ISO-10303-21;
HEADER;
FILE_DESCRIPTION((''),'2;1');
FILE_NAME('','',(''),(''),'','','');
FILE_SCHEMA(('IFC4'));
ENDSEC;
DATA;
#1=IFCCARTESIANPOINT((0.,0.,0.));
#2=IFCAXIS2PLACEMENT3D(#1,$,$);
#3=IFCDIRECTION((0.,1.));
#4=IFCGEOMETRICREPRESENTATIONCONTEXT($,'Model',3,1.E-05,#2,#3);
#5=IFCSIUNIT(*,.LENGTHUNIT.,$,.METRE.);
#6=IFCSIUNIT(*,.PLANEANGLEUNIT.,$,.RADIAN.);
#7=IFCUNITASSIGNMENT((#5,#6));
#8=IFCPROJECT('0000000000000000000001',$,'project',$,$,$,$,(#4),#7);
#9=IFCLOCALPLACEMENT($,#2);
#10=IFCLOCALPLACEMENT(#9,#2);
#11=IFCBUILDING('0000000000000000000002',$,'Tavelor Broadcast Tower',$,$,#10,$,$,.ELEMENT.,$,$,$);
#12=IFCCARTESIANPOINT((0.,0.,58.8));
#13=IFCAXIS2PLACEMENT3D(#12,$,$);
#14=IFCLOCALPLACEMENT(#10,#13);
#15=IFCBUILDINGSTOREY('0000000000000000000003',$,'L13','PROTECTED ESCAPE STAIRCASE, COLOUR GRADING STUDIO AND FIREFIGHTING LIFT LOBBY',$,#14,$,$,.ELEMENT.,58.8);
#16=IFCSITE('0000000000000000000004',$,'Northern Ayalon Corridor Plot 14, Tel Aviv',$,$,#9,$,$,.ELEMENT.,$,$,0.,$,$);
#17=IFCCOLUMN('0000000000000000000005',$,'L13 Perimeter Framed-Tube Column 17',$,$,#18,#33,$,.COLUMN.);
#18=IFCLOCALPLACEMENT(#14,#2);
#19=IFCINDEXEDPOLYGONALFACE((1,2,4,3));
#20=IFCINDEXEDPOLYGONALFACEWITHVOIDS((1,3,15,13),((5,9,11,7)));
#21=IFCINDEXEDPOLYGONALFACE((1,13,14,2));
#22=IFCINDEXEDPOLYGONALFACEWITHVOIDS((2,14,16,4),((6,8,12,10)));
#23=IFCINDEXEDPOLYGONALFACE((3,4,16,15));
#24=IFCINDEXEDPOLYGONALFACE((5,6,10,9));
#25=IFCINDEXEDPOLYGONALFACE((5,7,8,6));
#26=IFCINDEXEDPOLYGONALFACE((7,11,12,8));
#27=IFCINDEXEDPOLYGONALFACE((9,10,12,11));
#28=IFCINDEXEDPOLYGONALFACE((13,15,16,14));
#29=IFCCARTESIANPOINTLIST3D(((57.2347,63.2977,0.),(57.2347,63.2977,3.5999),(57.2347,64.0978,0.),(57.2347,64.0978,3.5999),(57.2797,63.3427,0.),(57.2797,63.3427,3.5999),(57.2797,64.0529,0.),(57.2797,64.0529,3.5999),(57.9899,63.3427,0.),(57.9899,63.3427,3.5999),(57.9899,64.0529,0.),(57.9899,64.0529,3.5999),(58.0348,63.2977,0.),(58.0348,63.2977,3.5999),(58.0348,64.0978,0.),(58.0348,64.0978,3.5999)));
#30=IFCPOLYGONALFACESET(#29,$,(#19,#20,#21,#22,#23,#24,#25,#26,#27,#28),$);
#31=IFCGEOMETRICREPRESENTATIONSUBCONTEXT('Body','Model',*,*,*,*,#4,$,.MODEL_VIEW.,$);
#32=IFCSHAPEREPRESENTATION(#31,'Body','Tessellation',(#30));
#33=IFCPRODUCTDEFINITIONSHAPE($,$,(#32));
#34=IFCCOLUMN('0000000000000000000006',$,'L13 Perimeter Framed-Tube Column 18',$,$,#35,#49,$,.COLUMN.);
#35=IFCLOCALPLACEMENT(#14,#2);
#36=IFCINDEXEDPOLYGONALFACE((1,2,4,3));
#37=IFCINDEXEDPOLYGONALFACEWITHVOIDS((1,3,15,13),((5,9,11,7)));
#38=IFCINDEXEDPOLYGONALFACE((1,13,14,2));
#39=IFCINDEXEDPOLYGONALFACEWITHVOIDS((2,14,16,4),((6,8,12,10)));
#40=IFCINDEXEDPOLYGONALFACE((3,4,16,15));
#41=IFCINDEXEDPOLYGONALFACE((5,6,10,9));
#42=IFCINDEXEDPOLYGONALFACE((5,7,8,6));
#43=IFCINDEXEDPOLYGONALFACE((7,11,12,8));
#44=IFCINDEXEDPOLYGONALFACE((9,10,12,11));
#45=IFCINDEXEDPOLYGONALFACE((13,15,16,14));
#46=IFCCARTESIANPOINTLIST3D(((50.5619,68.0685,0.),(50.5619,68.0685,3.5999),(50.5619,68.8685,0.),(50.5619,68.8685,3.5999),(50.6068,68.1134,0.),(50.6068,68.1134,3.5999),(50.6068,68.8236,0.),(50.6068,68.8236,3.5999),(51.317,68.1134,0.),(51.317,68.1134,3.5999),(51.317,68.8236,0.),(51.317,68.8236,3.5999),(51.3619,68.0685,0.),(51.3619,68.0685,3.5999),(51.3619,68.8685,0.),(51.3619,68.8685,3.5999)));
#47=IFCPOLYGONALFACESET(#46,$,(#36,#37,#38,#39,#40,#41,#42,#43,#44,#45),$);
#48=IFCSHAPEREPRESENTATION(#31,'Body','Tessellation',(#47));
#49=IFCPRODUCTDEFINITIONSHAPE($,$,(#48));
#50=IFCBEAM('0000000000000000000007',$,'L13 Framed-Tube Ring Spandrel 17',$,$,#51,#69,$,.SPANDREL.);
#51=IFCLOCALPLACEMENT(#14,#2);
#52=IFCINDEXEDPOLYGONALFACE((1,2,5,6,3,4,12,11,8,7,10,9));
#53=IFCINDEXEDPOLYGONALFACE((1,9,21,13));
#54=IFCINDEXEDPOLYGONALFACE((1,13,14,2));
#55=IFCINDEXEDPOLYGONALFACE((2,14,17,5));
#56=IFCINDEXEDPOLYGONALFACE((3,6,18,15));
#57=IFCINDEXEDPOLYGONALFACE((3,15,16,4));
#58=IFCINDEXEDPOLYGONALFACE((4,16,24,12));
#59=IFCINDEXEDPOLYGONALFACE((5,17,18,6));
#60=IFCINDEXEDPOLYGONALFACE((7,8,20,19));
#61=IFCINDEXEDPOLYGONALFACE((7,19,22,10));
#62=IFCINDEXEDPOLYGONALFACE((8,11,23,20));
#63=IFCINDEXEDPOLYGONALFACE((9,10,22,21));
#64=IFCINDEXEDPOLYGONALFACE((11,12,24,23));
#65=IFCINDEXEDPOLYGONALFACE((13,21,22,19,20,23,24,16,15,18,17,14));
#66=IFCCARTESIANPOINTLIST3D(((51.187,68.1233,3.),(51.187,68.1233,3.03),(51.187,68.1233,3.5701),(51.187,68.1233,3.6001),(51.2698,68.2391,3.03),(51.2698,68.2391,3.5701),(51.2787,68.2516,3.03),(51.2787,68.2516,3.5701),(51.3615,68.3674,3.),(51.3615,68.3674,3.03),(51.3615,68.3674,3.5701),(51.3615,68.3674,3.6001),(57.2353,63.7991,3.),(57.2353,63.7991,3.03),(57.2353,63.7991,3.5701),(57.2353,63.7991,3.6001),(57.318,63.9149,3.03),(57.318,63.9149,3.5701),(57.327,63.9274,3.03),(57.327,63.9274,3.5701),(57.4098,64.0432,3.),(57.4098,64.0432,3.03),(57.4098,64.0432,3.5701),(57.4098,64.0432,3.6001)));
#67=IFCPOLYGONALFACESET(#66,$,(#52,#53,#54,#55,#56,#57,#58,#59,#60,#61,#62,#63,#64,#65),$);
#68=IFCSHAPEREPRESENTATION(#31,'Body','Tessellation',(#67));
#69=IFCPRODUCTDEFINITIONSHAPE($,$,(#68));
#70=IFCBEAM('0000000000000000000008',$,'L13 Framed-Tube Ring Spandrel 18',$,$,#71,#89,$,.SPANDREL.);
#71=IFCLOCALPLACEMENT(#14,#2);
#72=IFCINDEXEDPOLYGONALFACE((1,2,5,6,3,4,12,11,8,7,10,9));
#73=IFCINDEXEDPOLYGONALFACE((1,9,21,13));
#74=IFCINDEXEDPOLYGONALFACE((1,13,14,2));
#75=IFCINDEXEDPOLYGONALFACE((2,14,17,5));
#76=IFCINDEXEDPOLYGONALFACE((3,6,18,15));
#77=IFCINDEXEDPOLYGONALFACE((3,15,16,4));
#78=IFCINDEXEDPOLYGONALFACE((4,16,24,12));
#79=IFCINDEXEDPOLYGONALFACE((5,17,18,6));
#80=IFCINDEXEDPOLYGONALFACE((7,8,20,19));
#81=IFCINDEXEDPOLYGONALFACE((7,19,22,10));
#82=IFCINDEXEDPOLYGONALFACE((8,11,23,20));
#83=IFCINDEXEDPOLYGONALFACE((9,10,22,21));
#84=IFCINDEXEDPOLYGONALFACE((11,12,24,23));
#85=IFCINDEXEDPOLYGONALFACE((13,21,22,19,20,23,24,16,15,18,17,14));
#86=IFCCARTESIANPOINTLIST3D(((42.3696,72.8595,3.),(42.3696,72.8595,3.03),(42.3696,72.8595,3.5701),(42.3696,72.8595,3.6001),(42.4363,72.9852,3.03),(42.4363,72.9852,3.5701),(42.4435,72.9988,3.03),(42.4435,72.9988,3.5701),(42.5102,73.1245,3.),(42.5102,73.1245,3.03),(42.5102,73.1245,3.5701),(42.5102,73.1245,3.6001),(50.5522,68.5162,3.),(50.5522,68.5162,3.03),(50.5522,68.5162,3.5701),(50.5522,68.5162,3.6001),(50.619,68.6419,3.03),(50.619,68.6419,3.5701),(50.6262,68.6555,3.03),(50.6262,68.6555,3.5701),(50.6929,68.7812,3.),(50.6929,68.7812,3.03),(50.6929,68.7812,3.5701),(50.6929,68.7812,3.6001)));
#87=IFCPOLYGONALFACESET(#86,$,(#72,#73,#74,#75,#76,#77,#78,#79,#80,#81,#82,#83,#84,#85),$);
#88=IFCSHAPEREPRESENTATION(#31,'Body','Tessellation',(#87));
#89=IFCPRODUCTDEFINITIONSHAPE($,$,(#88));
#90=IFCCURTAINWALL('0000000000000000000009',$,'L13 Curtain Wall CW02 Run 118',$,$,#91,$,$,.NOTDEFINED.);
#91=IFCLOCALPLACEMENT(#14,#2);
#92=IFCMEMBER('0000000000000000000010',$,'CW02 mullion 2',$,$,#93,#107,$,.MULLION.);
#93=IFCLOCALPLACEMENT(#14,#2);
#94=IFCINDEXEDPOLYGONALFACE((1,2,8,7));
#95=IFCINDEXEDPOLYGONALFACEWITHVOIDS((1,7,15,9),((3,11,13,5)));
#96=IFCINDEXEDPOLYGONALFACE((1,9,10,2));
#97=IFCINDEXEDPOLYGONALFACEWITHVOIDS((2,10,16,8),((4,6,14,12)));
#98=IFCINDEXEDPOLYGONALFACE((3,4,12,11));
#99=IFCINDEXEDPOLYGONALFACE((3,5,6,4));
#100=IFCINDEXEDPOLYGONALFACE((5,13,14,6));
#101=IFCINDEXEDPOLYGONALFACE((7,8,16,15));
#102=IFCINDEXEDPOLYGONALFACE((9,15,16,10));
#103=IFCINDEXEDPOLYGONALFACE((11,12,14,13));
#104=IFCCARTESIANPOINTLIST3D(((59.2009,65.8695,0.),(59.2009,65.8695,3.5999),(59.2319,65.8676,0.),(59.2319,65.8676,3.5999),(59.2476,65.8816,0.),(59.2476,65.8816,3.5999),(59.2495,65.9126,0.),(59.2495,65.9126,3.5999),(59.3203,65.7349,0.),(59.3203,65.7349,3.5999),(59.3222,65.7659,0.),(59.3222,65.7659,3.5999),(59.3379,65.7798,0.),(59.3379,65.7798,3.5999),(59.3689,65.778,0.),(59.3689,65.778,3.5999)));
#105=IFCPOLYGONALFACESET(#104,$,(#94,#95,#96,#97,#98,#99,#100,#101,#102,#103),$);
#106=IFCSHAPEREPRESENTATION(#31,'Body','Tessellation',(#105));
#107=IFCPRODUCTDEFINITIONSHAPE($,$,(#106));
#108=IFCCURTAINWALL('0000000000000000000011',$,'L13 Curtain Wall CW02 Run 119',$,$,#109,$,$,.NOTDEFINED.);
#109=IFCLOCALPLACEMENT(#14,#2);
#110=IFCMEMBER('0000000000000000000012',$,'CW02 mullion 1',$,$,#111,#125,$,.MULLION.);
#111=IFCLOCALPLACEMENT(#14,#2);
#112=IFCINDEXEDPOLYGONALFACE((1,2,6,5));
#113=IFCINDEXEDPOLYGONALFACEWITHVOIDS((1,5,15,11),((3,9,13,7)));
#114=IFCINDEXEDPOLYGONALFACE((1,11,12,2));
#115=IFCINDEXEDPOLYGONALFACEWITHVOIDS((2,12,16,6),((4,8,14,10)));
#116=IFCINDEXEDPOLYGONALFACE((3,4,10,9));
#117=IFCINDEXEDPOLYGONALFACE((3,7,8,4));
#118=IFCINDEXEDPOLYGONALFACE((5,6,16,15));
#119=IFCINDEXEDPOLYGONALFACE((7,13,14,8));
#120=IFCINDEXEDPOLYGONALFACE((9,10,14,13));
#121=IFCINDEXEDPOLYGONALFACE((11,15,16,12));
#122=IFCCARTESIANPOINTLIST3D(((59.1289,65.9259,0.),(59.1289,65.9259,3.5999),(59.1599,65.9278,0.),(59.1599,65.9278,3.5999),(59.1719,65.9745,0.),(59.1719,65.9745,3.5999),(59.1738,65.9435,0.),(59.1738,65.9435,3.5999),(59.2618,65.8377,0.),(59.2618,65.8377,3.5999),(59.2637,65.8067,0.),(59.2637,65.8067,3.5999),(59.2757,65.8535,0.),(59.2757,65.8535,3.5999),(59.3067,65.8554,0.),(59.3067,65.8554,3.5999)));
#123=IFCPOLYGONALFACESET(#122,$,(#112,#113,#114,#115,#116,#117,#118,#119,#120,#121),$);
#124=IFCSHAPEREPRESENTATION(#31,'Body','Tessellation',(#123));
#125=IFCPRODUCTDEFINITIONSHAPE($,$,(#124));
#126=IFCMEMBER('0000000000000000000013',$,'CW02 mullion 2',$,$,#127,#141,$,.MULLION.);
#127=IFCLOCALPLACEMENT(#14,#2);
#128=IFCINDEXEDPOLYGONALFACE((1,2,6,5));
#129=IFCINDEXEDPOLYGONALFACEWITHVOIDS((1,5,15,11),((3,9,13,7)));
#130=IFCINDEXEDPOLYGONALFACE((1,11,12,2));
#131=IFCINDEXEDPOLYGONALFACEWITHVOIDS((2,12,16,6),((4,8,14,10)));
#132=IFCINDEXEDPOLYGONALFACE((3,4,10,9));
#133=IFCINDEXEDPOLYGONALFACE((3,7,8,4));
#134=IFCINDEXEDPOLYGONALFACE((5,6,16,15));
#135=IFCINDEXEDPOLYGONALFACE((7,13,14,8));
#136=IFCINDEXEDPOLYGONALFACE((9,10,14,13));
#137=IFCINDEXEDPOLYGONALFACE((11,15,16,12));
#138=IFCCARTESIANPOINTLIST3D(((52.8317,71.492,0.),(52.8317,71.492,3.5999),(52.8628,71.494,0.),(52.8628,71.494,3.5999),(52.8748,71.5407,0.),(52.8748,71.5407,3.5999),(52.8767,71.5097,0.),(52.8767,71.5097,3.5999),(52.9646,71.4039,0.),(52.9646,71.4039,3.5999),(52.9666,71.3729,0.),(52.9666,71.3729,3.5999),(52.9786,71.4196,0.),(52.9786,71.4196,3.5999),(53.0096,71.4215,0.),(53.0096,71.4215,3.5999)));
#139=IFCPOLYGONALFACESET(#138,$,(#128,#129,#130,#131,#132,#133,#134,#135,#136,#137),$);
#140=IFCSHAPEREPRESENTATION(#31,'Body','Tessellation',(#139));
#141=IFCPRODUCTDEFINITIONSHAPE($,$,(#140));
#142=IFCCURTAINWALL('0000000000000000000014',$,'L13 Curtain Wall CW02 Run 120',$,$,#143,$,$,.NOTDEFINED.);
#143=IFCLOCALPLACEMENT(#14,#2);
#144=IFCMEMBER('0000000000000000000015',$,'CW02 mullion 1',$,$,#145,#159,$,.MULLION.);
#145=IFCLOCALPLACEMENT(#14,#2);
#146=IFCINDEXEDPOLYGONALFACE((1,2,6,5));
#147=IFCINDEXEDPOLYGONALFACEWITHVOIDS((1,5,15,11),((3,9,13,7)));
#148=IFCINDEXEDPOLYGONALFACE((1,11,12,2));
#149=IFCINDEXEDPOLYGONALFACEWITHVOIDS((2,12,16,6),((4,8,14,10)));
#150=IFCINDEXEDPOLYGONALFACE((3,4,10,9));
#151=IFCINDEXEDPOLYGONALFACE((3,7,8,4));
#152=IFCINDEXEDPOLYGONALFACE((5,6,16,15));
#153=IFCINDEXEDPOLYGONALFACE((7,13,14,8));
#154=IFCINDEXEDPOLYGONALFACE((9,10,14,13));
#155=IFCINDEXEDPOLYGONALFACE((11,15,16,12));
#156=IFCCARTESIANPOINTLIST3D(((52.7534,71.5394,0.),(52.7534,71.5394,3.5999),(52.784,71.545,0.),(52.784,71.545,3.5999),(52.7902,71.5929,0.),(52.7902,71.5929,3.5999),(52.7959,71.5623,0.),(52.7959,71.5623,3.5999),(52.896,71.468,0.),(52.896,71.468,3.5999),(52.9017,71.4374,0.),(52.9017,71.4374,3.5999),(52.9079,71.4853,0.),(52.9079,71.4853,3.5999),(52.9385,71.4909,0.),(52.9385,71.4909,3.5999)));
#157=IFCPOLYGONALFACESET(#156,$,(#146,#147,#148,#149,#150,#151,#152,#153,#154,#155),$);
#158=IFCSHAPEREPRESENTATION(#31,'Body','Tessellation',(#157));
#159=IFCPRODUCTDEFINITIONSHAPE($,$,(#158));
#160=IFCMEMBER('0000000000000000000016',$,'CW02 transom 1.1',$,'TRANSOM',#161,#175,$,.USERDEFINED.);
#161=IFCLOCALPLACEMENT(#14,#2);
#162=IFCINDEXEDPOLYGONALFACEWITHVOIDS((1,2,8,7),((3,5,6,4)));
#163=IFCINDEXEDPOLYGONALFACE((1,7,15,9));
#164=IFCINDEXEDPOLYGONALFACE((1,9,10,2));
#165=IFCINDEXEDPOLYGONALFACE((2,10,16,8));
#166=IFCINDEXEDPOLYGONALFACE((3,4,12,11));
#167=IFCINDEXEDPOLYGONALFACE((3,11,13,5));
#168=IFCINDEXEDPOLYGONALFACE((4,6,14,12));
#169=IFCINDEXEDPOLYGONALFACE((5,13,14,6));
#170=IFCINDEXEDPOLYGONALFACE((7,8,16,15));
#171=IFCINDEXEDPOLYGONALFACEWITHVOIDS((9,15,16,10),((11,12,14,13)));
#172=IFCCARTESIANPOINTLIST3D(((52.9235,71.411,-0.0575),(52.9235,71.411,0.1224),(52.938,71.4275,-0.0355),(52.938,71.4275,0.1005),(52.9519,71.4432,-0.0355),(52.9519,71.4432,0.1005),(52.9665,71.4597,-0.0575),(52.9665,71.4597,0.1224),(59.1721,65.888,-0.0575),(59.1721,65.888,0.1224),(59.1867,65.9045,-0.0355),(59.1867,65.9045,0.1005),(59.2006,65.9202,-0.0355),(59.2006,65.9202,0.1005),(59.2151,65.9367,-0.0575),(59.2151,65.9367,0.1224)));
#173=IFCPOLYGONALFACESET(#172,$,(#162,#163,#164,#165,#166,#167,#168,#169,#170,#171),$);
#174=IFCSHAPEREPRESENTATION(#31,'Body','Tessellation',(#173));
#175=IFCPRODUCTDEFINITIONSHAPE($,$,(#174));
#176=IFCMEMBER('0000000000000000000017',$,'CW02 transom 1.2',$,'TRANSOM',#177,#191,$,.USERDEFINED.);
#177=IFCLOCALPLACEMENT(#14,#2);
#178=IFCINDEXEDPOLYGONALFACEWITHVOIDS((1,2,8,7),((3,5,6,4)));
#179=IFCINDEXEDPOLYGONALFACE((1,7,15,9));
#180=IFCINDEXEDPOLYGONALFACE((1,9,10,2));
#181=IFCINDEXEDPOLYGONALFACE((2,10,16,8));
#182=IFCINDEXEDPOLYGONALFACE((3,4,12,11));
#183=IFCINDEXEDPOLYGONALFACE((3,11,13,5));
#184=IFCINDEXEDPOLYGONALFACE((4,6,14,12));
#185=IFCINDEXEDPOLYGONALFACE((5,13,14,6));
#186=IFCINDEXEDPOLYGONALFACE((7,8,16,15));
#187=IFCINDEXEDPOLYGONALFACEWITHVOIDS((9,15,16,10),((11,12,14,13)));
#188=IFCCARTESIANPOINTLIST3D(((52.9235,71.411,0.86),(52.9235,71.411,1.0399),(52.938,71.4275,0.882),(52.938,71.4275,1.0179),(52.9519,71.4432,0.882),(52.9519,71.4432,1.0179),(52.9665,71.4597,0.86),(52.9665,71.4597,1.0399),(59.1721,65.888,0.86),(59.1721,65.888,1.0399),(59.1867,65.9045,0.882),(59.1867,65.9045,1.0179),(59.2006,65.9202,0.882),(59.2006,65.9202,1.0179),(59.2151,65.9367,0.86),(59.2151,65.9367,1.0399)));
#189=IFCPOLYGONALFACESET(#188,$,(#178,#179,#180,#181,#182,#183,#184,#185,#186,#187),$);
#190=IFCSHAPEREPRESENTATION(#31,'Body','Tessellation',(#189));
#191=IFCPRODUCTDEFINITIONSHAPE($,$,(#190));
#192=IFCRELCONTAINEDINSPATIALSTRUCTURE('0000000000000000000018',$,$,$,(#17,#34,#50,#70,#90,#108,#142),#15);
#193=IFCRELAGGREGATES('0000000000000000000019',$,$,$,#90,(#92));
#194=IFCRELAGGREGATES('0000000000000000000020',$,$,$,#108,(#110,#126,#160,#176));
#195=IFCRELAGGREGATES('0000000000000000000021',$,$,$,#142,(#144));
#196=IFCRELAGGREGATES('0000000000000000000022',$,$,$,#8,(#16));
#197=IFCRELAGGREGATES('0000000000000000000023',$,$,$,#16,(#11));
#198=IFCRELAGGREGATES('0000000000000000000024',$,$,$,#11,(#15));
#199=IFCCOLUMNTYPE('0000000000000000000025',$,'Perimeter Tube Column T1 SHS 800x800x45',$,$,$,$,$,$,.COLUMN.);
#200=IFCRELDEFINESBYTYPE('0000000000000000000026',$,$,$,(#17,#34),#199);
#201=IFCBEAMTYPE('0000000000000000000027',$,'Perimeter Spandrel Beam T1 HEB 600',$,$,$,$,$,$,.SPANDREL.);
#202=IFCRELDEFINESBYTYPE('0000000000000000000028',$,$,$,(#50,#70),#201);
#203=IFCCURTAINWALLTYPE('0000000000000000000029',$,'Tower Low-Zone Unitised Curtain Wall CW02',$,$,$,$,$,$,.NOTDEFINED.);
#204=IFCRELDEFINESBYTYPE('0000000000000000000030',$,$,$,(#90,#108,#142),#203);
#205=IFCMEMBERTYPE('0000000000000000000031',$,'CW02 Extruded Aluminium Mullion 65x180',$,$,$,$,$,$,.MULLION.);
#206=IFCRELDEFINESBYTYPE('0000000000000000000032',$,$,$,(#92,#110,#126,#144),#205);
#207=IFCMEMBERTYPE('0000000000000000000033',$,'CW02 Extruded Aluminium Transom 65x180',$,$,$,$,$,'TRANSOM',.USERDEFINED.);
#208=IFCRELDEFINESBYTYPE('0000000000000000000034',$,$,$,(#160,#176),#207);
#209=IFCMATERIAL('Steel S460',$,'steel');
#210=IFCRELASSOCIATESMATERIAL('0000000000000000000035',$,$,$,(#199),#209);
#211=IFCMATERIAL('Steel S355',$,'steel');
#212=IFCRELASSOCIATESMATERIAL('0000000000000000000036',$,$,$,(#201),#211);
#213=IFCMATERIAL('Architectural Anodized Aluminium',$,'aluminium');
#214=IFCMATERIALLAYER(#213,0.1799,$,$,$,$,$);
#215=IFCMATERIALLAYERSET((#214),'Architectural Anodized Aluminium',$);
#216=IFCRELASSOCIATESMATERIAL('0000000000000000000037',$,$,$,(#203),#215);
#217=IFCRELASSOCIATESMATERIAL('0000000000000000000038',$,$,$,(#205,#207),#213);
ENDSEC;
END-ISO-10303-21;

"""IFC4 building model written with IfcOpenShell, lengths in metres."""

from ifc_helpers import new_model, si_unit, direction, frame, origin, origin_2d, place, context, subcontext, project, spatial, hollow_rectangle, i_section, extrude, source, transform, mapped, material, layer, layer_set, material_profile, profile_set, type_object, type_shapes, element, aggregate, save


model = new_model("IFC4")

# Units and contexts
model_context = context("Model", 3, precision=1e-05, world=origin(), true_north=direction((0.0, 1.0)))
body_context = subcontext(model_context, "Body", "Model", "MODEL_VIEW")
ifc_project = project(units=[si_unit("LENGTHUNIT", "METRE"), si_unit("PLANEANGLEUNIT", "RADIAN")], contexts=[model_context])

# Site, building, storey
site_placement = place(None, origin())
site = spatial("IfcSite", under=ifc_project, at=site_placement, Name="Northern Ayalon Corridor Plot 14, Tel Aviv", CompositionType="ELEMENT", RefElevation=0.0)
building_placement = place(site_placement, origin())
building = spatial("IfcBuilding", under=site, at=building_placement, Name="Tavelor Broadcast Tower", CompositionType="ELEMENT")
storey_placement = place(building_placement, frame((0.0, 0.0, 58.8)))
storey = spatial("IfcBuildingStorey", under=building, at=storey_placement, Name="L13", Description="PROTECTED ESCAPE STAIRCASE, COLOUR GRADING STUDIO AND FIREFIGHTING LIFT LOBBY", CompositionType="ELEMENT", Elevation=58.8)

# Columns
ifc_material_1 = material(Name="Steel S460", Category="steel")
ifc_material_profile_1 = material_profile(ifc_material_1, hollow_rectangle(XDim=0.8, YDim=0.8, WallThickness=0.0449, at=origin_2d()), Name="SHS 800x800x45")
ifc_profile_set_1 = profile_set([ifc_material_profile_1], Name="Steel S460")
column_type = type_object("IfcColumnType", Name="Perimeter Tube Column T1 SHS 800x800x45", PredefinedType="COLUMN", material=ifc_profile_set_1)
for number, where, z_axis, x_axis, name in (
    (1, (57.6348, 63.6978, 0.0), (0.0, 0.0, 1.0), (1.0, 0.0, 0.0), "L13 Perimeter Framed-Tube Column 17"),
    (2, (50.9619, 68.4685, 0.0), (0.0, 0.0, 1.0), (1.0, 0.0, 0.0), "L13 Perimeter Framed-Tube Column 18"),
):
    element("IfcColumn", number, at=place(storey_placement, frame(where, z_axis=z_axis, x_axis=x_axis)), inside=storey, type_object=column_type, Name=name, PredefinedType="COLUMN", context=body_context, shape_type="SweptSolid", body=[
        extrude(hollow_rectangle(XDim=0.8, YDim=0.8, WallThickness=0.0449, at=origin_2d()), origin(), (0.0, 0.0, 1.0), 3.5999),
    ])

# Beams
ifc_material_2 = material(Name="Steel S355", Category="steel")
ifc_material_profile_2 = material_profile(ifc_material_2, i_section(OverallWidth=0.3, OverallDepth=0.6001, WebThickness=0.0154, FlangeThickness=0.03, at=origin_2d()), Name="HEB 600")
ifc_profile_set_2 = profile_set([ifc_material_profile_2], Name="Steel S355")
beam_type = type_object("IfcBeamType", Name="Perimeter Spandrel Beam T1 HEB 600", PredefinedType="SPANDREL", material=ifc_profile_set_2)
beam_1_placement = place(storey_placement, frame((57.3225, 63.9211, 3.3), z_axis=(-0.81348, 0.581592, 0.0), x_axis=(-0.581592, -0.81348, 0.0)))
element("IfcBeam", 3, at=beam_1_placement, inside=storey, type_object=beam_type, Name="L13 Framed-Tube Ring Spandrel 17", PredefinedType="SPANDREL", context=body_context, shape_type="SweptSolid", body=[
    extrude(i_section(OverallWidth=0.3, OverallDepth=0.6001, WebThickness=0.0154, FlangeThickness=0.03, at=origin_2d()), origin(), (0.0, 0.0, 1.0), 7.4351),
])
beam_2_placement = place(storey_placement, frame((50.6226, 68.6487, 3.3), z_axis=(-0.883284, 0.468839, 0.0), x_axis=(-0.468839, -0.883284, 0.0)))
element("IfcBeam", 4, at=beam_2_placement, inside=storey, type_object=beam_type, Name="L13 Framed-Tube Ring Spandrel 18", PredefinedType="SPANDREL", context=body_context, shape_type="SweptSolid", body=[
    extrude(i_section(OverallWidth=0.3, OverallDepth=0.6001, WebThickness=0.0154, FlangeThickness=0.03, at=origin_2d()), origin(), (0.0, 0.0, 1.0), 9.2639),
])

# Curtain wall, member
ifc_material_3 = material(Name="Architectural Anodized Aluminium", Category="aluminium")
ifc_layer_1 = layer(ifc_material_3, 0.1799)
ifc_layer_set_1 = layer_set([ifc_layer_1], Name="Architectural Anodized Aluminium")
curtain_wall_type = type_object("IfcCurtainWallType", Name="Tower Low-Zone Unitised Curtain Wall CW02", PredefinedType="NOTDEFINED", material=ifc_layer_set_1)
curtain_wall_1_placement = place(storey_placement, origin())
curtain_wall_1 = element("IfcCurtainWall", 5, at=curtain_wall_1_placement, inside=storey, type_object=curtain_wall_type, Name="L13 Curtain Wall CW02 Run 118", PredefinedType="NOTDEFINED")
ifc_material_profile_3 = material_profile(ifc_material_3, hollow_rectangle(XDim=0.0649, YDim=0.1799, WallThickness=0.022, at=origin_2d()), Name="RHS 65x180x22")
ifc_profile_set_3 = profile_set([ifc_material_profile_3], Name="Architectural Anodized Aluminium")
member_type_1 = type_object("IfcMemberType", Name="CW02 Extruded Aluminium Mullion 65x180", PredefinedType="MULLION", material=ifc_profile_set_3)
shared_shape_1 = source(origin(), body_context, "Body", "SweptSolid", [
    extrude(hollow_rectangle(XDim=0.0649, YDim=0.1799, WallThickness=0.022, at=origin_2d()), origin(), (0.0, 0.0, 1.0), 3.5999),
])
type_shapes(member_type_1, [shared_shape_1])
member_1_placement = place(storey_placement, frame((59.2849, 65.8237, 0.0), z_axis=(0.0, 0.0, 1.0), x_axis=(-0.748084, -0.663604, 0.0)))
member_1 = element("IfcMember", 6, at=member_1_placement, type_object=member_type_1, Name="CW02 mullion 2", PredefinedType="MULLION", context=body_context, shape_type="MappedRepresentation", body=[
    mapped(shared_shape_1, transform((0.0, 0.0, 0.0), scale=1.0)),
])
aggregate(curtain_wall_1, [member_1])

# Curtain wall, members
curtain_wall_2_placement = place(storey_placement, origin())
curtain_wall_2 = element("IfcCurtainWall", 7, at=curtain_wall_2_placement, inside=storey, type_object=curtain_wall_type, Name="L13 Curtain Wall CW02 Run 119", PredefinedType="NOTDEFINED")
member_2_placement = place(storey_placement, frame((59.2178, 65.8906, 0.0), z_axis=(0.0, 0.0, 1.0), x_axis=(-0.662276, -0.74926, 0.0)))
member_2 = element("IfcMember", 8, at=member_2_placement, type_object=member_type_1, Name="CW02 mullion 1", PredefinedType="MULLION", context=body_context, shape_type="MappedRepresentation", body=[
    mapped(shared_shape_1, transform((0.0, 0.0, 0.0), scale=1.0)),
])
member_3_placement = place(storey_placement, frame((52.9207, 71.4568, 0.0), z_axis=(0.0, 0.0, 1.0), x_axis=(-0.662276, -0.74926, 0.0)))
member_3 = element("IfcMember", 9, at=member_3_placement, type_object=member_type_1, Name="CW02 mullion 2", PredefinedType="MULLION", context=body_context, shape_type="MappedRepresentation", body=[
    mapped(shared_shape_1, transform((0.0, 0.0, 0.0), scale=1.0)),
])

# Curtain wall, member
curtain_wall_3_placement = place(storey_placement, origin())
curtain_wall_3 = element("IfcCurtainWall", 10, at=curtain_wall_3_placement, inside=storey, type_object=curtain_wall_type, Name="L13 Curtain Wall CW02 Run 120", PredefinedType="NOTDEFINED")
member_4_placement = place(storey_placement, frame((52.8459, 71.5151, 0.0), z_axis=(0.0, 0.0, 1.0), x_axis=(-0.566746, -0.823892, 0.0)))
member_4 = element("IfcMember", 11, at=member_4_placement, type_object=member_type_1, Name="CW02 mullion 1", PredefinedType="MULLION", context=body_context, shape_type="MappedRepresentation", body=[
    mapped(shared_shape_1, transform((0.0, 0.0, 0.0), scale=1.0)),
])

# Members
ifc_material_profile_4 = material_profile(ifc_material_3, hollow_rectangle(XDim=0.0649, YDim=0.1799, WallThickness=0.022, at=origin_2d()), Name="RHS 65x180x22")
ifc_profile_set_4 = profile_set([ifc_material_profile_4], Name="Architectural Anodized Aluminium")
member_type_2 = type_object("IfcMemberType", Name="CW02 Extruded Aluminium Transom 65x180", ElementType="TRANSOM", PredefinedType="USERDEFINED", material=ifc_profile_set_4)
shared_shape_2 = source(origin(), body_context, "Body", "SweptSolid", [
    extrude(hollow_rectangle(XDim=0.0649, YDim=0.1799, WallThickness=0.022, at=origin_2d()), origin(), (0.0, 0.0, 1.0), 8.3396),
])
member_5_placement = place(storey_placement, frame((59.1936, 65.9124, 0.0325), z_axis=(-0.74927, 0.662264, 0.0), x_axis=(-0.662264, -0.74927, 0.0)))
member_5 = element("IfcMember", 12, at=member_5_placement, type_object=member_type_2, Name="CW02 transom 1.1", ObjectType="TRANSOM", PredefinedType="USERDEFINED", context=body_context, shape_type="MappedRepresentation", body=[
    mapped(shared_shape_2, transform((0.0, 0.0, 0.0), scale=1.0)),
])
member_6_placement = place(storey_placement, frame((59.1936, 65.9124, 0.95), z_axis=(-0.74927, 0.662264, 0.0), x_axis=(-0.662264, -0.74927, 0.0)))
member_6 = element("IfcMember", 13, at=member_6_placement, type_object=member_type_2, Name="CW02 transom 1.2", ObjectType="TRANSOM", PredefinedType="USERDEFINED", context=body_context, shape_type="MappedRepresentation", body=[
    mapped(shared_shape_2, transform((0.0, 0.0, 0.0), scale=1.0)),
])

aggregate(curtain_wall_2, [member_2, member_3, member_5, member_6])
aggregate(curtain_wall_3, [member_4])

save(model, "model.ifc")
